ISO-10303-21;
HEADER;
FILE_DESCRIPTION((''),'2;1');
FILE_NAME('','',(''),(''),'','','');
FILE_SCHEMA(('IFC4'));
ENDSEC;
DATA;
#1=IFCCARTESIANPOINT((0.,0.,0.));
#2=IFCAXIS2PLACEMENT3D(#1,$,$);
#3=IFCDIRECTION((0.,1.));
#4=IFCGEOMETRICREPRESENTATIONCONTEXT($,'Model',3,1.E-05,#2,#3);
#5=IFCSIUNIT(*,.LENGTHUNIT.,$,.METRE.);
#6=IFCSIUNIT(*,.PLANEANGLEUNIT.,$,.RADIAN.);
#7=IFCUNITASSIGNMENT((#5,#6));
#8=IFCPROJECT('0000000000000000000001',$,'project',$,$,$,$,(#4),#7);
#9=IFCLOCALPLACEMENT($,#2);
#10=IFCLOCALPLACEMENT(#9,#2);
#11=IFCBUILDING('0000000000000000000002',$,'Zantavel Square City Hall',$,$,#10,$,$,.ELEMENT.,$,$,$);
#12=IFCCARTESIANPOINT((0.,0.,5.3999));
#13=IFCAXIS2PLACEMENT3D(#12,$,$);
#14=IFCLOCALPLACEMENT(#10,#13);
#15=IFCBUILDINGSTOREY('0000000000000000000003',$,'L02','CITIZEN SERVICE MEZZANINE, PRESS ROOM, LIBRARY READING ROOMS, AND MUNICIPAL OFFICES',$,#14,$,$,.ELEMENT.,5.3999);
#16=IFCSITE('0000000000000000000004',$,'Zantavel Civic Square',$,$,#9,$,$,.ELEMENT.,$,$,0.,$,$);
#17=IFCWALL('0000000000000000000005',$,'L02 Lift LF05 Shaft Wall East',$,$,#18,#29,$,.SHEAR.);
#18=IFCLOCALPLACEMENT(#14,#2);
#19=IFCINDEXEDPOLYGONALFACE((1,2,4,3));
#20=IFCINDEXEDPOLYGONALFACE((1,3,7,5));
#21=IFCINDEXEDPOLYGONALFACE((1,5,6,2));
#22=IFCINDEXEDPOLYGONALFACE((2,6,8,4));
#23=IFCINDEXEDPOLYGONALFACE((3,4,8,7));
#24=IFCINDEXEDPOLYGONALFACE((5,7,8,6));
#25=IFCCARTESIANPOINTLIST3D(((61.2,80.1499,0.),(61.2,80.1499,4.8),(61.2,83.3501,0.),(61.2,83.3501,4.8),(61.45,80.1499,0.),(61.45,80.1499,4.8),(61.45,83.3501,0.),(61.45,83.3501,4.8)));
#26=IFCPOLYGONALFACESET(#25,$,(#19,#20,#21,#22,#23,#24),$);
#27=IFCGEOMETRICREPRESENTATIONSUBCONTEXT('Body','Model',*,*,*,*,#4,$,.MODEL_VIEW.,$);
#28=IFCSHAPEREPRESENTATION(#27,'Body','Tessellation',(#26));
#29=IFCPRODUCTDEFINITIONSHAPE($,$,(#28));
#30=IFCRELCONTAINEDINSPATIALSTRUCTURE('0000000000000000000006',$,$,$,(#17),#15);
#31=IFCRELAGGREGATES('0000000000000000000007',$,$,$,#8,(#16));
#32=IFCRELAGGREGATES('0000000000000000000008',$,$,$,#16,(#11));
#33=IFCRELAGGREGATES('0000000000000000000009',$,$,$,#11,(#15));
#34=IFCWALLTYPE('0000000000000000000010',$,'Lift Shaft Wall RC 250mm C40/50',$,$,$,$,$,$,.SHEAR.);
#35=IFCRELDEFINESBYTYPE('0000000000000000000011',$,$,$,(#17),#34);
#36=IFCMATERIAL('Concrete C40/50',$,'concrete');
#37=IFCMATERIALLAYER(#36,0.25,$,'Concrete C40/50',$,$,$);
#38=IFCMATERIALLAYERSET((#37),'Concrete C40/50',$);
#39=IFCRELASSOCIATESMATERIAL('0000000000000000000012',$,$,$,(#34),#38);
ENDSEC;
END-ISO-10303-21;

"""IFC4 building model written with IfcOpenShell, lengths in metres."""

from ifc_helpers import new_model, si_unit, direction, frame, frame_2d, origin, place, context, subcontext, project, spatial, rectangle, extrude, material, layer, layer_set, type_object, element, save


model = new_model("IFC4")

# Units and contexts
model_context = context("Model", 3, precision=1e-05, world=origin(), true_north=direction((0.0, 1.0)))
body_context = subcontext(model_context, "Body", "Model", "MODEL_VIEW")
ifc_project = project(units=[si_unit("LENGTHUNIT", "METRE"), si_unit("PLANEANGLEUNIT", "RADIAN")], contexts=[model_context])

# Site, building, storey
site_placement = place(None, origin())
site = spatial("IfcSite", under=ifc_project, at=site_placement, Name="Zantavel Civic Square", CompositionType="ELEMENT", RefElevation=0.0)
building_placement = place(site_placement, origin())
building = spatial("IfcBuilding", under=site, at=building_placement, Name="Zantavel Square City Hall", CompositionType="ELEMENT")
storey_placement = place(building_placement, frame((0.0, 0.0, 5.3999)))
storey = spatial("IfcBuildingStorey", under=building, at=storey_placement, Name="L02", Description="CITIZEN SERVICE MEZZANINE, PRESS ROOM, LIBRARY READING ROOMS, AND MUNICIPAL OFFICES", CompositionType="ELEMENT", Elevation=5.3999)

# Shared definitions
ifc_material_1 = material(Name="Concrete C40/50", Category="concrete")

# Shared definitions
ifc_layer_1 = layer(ifc_material_1, 0.25, Name="Concrete C40/50")
ifc_layer_set_1 = layer_set([ifc_layer_1], Name="Concrete C40/50")
wall_type_1 = type_object("IfcWallType", Name="Lift Shaft Wall RC 250mm C40/50", PredefinedType="SHEAR", material=ifc_layer_set_1)

# Wall
wall_1_placement = place(storey_placement, frame((61.325, 83.3501, 0.0), z_axis=(0.0, 0.0, 1.0), x_axis=(0.0, -1.0, 0.0)))
element("IfcWall", 1, at=wall_1_placement, inside=storey, type_object=wall_type_1, Name="L02 Lift LF05 Shaft Wall East", PredefinedType="SHEAR", context=body_context, shape_type="SweptSolid", body=[
    extrude(rectangle(XDim=3.2002, YDim=0.25, at=frame_2d((1.6001, 0.0))), origin(), (0.0, 0.0, 1.0), 4.8),
])

save(model, "model.ifc")
